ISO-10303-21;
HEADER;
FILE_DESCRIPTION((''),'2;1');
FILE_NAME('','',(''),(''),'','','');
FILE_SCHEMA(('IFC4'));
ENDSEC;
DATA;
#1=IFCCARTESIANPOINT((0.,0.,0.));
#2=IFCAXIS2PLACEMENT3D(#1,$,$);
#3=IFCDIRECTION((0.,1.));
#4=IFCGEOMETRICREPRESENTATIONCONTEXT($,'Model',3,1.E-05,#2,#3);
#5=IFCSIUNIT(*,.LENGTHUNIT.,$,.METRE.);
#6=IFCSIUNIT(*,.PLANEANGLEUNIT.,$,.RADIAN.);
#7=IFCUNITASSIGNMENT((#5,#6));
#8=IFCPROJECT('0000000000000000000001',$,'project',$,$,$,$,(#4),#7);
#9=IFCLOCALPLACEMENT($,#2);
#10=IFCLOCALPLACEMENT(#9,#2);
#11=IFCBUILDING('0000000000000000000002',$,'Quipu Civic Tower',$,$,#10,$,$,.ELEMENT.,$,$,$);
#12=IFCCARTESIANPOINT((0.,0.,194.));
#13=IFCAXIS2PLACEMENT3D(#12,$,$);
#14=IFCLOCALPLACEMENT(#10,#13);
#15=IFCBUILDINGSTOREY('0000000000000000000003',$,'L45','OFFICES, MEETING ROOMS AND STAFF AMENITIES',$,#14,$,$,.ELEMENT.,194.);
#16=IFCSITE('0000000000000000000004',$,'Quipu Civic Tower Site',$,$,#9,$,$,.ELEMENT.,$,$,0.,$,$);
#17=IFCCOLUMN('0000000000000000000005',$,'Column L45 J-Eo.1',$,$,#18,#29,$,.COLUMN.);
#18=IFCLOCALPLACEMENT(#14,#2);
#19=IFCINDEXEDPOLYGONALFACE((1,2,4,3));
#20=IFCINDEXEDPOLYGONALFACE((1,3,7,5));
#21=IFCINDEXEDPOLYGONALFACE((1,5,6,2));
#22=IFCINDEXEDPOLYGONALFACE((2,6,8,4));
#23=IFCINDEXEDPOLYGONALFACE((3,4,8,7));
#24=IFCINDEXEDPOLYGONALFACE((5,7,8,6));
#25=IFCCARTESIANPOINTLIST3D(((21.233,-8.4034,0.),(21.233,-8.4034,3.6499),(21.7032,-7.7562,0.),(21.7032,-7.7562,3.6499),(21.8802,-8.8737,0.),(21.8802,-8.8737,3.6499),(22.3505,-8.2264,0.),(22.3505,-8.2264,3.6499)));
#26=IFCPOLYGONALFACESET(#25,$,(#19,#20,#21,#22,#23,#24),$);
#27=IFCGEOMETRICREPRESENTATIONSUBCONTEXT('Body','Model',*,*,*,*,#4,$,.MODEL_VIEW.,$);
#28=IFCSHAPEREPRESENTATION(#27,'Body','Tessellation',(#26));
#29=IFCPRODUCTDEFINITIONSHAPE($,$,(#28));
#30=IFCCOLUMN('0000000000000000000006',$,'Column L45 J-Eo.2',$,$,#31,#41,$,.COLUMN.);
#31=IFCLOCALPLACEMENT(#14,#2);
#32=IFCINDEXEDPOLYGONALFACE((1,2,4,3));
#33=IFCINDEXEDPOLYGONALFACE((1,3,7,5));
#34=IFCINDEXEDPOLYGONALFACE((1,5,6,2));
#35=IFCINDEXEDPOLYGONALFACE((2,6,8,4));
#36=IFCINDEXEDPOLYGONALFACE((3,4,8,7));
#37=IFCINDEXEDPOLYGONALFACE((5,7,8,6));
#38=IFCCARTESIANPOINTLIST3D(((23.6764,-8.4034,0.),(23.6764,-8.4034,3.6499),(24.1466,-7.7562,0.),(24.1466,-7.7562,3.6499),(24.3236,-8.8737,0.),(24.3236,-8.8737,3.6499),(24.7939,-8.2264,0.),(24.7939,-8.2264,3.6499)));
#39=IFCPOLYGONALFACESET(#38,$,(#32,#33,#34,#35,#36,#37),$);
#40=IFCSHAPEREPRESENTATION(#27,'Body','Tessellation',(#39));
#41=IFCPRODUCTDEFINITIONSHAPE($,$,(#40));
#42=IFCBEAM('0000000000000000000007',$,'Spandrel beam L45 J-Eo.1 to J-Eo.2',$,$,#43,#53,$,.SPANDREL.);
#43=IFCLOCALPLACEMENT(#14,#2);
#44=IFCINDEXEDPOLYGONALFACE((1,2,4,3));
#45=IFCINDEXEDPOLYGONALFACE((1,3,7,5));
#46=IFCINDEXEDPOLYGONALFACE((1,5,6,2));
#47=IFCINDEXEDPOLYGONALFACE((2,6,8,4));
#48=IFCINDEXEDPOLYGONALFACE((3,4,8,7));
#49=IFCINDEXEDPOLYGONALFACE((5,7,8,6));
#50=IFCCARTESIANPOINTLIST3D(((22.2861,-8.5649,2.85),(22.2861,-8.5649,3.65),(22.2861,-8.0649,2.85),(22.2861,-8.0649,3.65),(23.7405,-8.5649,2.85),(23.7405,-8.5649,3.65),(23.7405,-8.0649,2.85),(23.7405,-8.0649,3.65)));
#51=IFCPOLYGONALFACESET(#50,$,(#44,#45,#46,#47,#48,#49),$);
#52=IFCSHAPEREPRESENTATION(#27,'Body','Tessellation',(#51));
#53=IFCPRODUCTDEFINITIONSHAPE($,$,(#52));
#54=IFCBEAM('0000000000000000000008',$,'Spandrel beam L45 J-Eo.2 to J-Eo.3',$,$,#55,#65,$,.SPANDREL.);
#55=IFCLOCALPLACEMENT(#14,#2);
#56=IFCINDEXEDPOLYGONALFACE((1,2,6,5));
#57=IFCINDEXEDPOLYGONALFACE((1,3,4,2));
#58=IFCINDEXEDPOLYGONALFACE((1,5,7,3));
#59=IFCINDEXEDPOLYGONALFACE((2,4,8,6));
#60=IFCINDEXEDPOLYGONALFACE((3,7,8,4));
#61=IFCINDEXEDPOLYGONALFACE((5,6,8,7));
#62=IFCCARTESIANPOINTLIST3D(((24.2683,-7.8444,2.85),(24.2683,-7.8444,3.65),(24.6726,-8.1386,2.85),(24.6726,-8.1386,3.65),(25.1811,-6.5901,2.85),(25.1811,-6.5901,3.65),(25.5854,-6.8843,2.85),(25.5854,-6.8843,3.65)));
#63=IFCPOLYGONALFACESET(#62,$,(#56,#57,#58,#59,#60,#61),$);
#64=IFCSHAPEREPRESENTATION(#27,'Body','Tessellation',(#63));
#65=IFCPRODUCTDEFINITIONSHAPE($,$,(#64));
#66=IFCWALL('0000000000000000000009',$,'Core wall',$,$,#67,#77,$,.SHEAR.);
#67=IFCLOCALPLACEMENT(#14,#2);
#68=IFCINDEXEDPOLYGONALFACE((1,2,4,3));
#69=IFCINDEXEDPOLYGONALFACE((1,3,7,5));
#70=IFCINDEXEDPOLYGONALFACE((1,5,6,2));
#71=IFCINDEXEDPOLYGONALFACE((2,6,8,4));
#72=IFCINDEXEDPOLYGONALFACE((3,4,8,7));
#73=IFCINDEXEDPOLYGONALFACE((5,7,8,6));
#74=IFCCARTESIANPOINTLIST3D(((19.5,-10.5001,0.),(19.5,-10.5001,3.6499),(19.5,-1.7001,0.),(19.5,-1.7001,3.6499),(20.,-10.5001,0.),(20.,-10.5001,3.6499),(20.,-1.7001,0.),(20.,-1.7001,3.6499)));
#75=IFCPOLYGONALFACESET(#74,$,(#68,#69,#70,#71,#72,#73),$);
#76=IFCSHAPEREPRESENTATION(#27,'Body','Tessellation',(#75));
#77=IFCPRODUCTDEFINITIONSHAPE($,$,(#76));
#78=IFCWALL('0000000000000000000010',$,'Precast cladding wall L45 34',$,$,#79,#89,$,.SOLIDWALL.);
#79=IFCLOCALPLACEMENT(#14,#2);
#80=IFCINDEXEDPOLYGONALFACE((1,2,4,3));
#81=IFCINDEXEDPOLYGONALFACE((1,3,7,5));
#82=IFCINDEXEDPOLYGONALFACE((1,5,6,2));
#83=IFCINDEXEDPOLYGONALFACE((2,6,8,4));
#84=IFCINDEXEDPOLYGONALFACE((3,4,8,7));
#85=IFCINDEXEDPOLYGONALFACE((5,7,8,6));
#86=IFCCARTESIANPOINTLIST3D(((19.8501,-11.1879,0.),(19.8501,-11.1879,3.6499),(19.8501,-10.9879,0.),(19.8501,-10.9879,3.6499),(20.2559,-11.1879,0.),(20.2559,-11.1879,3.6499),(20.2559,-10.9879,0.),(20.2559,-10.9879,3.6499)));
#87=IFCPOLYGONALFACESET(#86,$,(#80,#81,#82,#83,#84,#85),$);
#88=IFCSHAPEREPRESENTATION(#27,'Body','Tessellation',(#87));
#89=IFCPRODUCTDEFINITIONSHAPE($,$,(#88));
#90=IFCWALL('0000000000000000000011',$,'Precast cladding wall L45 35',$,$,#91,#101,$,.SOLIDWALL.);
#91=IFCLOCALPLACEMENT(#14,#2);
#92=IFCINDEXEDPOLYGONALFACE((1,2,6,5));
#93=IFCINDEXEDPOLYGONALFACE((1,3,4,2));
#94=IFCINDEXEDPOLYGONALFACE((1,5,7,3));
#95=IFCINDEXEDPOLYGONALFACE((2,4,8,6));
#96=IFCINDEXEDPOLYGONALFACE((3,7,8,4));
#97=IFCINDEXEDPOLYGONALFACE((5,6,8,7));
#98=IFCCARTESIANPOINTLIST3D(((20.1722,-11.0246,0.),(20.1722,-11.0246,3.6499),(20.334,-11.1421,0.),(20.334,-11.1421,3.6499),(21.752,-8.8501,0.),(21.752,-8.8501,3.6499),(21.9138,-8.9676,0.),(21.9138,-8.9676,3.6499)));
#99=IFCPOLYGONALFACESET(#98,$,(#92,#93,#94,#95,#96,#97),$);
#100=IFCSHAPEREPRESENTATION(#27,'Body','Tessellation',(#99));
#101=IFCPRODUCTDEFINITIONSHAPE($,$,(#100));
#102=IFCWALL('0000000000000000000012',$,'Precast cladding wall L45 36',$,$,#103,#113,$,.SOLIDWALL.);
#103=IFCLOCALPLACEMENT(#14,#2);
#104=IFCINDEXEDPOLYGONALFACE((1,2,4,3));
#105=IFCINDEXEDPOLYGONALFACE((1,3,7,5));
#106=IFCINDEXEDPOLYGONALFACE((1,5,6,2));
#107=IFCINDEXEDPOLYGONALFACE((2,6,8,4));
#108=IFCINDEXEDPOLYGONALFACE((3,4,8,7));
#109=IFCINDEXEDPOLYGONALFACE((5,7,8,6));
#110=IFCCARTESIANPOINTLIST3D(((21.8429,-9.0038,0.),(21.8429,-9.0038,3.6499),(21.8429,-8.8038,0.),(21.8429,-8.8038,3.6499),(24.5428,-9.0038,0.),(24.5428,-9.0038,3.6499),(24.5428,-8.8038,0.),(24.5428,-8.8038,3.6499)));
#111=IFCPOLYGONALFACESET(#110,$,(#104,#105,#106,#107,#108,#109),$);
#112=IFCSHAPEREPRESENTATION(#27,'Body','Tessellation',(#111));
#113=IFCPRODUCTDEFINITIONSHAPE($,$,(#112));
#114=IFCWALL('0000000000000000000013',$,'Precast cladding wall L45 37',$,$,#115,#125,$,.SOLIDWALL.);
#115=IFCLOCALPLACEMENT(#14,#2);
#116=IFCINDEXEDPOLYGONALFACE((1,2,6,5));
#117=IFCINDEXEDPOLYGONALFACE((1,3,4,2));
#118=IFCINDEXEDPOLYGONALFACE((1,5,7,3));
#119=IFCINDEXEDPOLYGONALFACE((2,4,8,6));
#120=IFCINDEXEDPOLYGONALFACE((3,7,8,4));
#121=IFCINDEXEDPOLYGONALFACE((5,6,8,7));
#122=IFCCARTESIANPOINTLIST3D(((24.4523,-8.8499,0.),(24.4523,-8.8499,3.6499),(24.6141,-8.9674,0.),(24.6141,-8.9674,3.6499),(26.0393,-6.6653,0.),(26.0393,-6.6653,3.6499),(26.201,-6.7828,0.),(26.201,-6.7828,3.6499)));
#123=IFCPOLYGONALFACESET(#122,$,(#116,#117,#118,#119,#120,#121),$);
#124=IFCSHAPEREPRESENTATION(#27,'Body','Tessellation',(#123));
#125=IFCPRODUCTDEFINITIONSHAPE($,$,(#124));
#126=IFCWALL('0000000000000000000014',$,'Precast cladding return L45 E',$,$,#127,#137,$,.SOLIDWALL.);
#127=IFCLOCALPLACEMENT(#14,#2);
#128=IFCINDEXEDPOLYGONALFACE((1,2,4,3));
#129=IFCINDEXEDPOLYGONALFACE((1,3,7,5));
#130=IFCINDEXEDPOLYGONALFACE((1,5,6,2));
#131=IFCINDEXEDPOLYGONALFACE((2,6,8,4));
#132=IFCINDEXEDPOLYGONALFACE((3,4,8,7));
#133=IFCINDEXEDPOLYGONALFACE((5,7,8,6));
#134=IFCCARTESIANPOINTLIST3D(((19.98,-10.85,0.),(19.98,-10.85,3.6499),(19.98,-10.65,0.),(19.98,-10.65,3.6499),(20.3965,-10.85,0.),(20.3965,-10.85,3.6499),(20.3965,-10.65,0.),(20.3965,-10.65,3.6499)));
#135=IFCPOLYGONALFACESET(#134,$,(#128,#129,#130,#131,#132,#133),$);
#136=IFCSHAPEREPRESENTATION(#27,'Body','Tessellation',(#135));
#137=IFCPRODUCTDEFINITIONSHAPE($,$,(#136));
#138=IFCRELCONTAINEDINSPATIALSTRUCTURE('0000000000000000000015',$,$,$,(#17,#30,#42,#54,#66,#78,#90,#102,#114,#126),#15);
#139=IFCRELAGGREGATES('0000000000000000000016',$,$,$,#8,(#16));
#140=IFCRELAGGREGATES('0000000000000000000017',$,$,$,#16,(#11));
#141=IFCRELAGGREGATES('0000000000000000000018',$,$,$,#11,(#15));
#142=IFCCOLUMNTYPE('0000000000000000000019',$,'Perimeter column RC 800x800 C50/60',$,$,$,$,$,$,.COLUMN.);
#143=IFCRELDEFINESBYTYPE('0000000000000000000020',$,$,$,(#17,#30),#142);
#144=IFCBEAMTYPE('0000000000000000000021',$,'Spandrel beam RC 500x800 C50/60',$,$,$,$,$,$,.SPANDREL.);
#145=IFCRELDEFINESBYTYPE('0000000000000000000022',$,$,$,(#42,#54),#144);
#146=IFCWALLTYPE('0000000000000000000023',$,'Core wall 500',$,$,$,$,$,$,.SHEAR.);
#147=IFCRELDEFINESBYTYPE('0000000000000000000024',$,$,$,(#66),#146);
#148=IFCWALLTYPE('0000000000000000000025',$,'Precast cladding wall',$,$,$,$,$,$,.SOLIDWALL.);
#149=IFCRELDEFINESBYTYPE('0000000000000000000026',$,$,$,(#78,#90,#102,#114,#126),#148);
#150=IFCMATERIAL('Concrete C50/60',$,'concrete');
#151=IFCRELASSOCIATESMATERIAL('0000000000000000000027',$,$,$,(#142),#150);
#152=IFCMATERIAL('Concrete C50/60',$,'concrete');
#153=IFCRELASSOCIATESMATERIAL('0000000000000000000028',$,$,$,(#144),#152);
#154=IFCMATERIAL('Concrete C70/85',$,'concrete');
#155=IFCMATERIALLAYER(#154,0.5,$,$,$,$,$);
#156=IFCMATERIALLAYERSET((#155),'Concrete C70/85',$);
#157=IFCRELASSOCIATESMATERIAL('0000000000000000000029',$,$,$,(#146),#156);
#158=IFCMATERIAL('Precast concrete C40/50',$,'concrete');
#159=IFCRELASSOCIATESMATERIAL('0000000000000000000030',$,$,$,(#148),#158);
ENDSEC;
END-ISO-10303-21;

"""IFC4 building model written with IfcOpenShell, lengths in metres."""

from ifc_helpers import new_model, si_unit, direction, frame, frame_2d, origin, origin_2d, place, context, subcontext, project, spatial, rectangle, extrude, material, layer, layer_set, material_profile, profile_set, type_object, element, save


model = new_model("IFC4")

# Units and contexts
model_context = context("Model", 3, precision=1e-05, world=origin(), true_north=direction((0.0, 1.0)))
body_context = subcontext(model_context, "Body", "Model", "MODEL_VIEW")
ifc_project = project(units=[si_unit("LENGTHUNIT", "METRE"), si_unit("PLANEANGLEUNIT", "RADIAN")], contexts=[model_context])

# Site, building, storey
site_placement = place(None, origin())
site = spatial("IfcSite", under=ifc_project, at=site_placement, Name="Quipu Civic Tower Site", CompositionType="ELEMENT", RefElevation=0.0)
building_placement = place(site_placement, origin())
building = spatial("IfcBuilding", under=site, at=building_placement, Name="Quipu Civic Tower", CompositionType="ELEMENT")
storey_placement = place(building_placement, frame((0.0, 0.0, 194.0)))
storey = spatial("IfcBuildingStorey", under=building, at=storey_placement, Name="L45", Description="OFFICES, MEETING ROOMS AND STAFF AMENITIES", CompositionType="ELEMENT", Elevation=194.0)

# Columns
ifc_material_1 = material(Name="Concrete C50/60", Category="concrete")
ifc_material_profile_1 = material_profile(ifc_material_1, rectangle(XDim=0.8, YDim=0.8, at=origin_2d()), Name="RC800x800")
ifc_profile_set_1 = profile_set([ifc_material_profile_1], Name="Concrete C50/60")
column_type = type_object("IfcColumnType", Name="Perimeter column RC 800x800 C50/60", PredefinedType="COLUMN", material=ifc_profile_set_1)
for number, where, z_axis, x_axis, name in (
    (1, (21.7917, -8.3149, 0.0), (0.0, 0.0, 1.0), (0.587785, 0.809017, 0.0), "Column L45 J-Eo.1"),
    (2, (24.2351, -8.3149, 0.0), (0.0, 0.0, 1.0), (0.587785, 0.809017, 0.0), "Column L45 J-Eo.2"),
):
    element("IfcColumn", number, at=place(storey_placement, frame(where, z_axis=z_axis, x_axis=x_axis)), inside=storey, type_object=column_type, Name=name, PredefinedType="COLUMN", context=body_context, shape_type="SweptSolid", body=[
        extrude(rectangle(XDim=0.8, YDim=0.8, at=origin_2d()), origin(), (0.0, 0.0, 1.0), 3.6499),
    ])

# Beams
ifc_material_2 = material(Name="Concrete C50/60", Category="concrete")
ifc_material_profile_2 = material_profile(ifc_material_2, rectangle(XDim=0.5, YDim=0.8, at=origin_2d()), Name="RC500x800")
ifc_profile_set_2 = profile_set([ifc_material_profile_2], Name="Concrete C50/60")
beam_type = type_object("IfcBeamType", Name="Spandrel beam RC 500x800 C50/60", PredefinedType="SPANDREL", material=ifc_profile_set_2)
beam_1_placement = place(storey_placement, frame((22.2861, -8.3149, 3.25), z_axis=(1.0, 0.0, 0.0), x_axis=(0.0, 1.0, 0.0)))
element("IfcBeam", 3, at=beam_1_placement, inside=storey, type_object=beam_type, Name="Spandrel beam L45 J-Eo.1 to J-Eo.2", PredefinedType="SPANDREL", context=body_context, shape_type="SweptSolid", body=[
    extrude(rectangle(XDim=0.5, YDim=0.8, at=origin_2d()), origin(), (0.0, 0.0, 1.0), 1.4543),
])
beam_2_placement = place(storey_placement, frame((24.4705, -7.9915, 3.25), z_axis=(0.588406, 0.808566, 0.0), x_axis=(-0.808566, 0.588406, 0.0)))
element("IfcBeam", 4, at=beam_2_placement, inside=storey, type_object=beam_type, Name="Spandrel beam L45 J-Eo.2 to J-Eo.3", PredefinedType="SPANDREL", context=body_context, shape_type="SweptSolid", body=[
    extrude(rectangle(XDim=0.5, YDim=0.8, at=origin_2d()), origin(), (0.0, 0.0, 1.0), 1.5513),
])

# Walls
ifc_material_3 = material(Name="Concrete C70/85", Category="concrete")
ifc_layer = layer(ifc_material_3, 0.5)
ifc_layer_set = layer_set([ifc_layer], Name="Concrete C70/85")
wall_type_1 = type_object("IfcWallType", Name="Core wall 500", PredefinedType="SHEAR", material=ifc_layer_set)
wall_1_placement = place(storey_placement, frame((19.75, -10.5, 0.0), z_axis=(0.0, 0.0, 1.0), x_axis=(0.0, 1.0, 0.0)))
element("IfcWall", 5, at=wall_1_placement, inside=storey, type_object=wall_type_1, Name="Core wall", PredefinedType="SHEAR", context=body_context, shape_type="SweptSolid", body=[
    extrude(rectangle(XDim=8.8, YDim=0.5, at=frame_2d((4.3999, 0.0))), origin(), (0.0, 0.0, 1.0), 3.6499),
])
ifc_material_4 = material(Name="Precast concrete C40/50", Category="concrete")
wall_type_2 = type_object("IfcWallType", Name="Precast cladding wall", PredefinedType="SOLIDWALL", material=ifc_material_4)
wall_2_placement = place(storey_placement, frame((19.8501, -11.0879, 0.0), z_axis=(0.0, 0.0, 1.0), x_axis=(1.0, 0.0, 0.0)))
element("IfcWall", 6, at=wall_2_placement, inside=storey, type_object=wall_type_2, Name="Precast cladding wall L45 34", PredefinedType="SOLIDWALL", context=body_context, shape_type="SweptSolid", body=[
    extrude(rectangle(XDim=0.4058, YDim=0.2, at=frame_2d((0.2029, 0.0))), origin(), (0.0, 0.0, 1.0), 3.6499),
])
wall_3_placement = place(storey_placement, frame((20.2532, -11.0833, 0.0), z_axis=(0.0, 0.0, 1.0), x_axis=(0.587767, 0.809031, 0.0)))
element("IfcWall", 7, at=wall_3_placement, inside=storey, type_object=wall_type_2, Name="Precast cladding wall L45 35", PredefinedType="SOLIDWALL", context=body_context, shape_type="SweptSolid", body=[
    extrude(rectangle(XDim=2.6877, YDim=0.2, at=frame_2d((1.3438, 0.0))), origin(), (0.0, 0.0, 1.0), 3.6499),
])
wall_4_placement = place(storey_placement, frame((21.8428, -8.9038, 0.0), z_axis=(0.0, 0.0, 1.0), x_axis=(1.0, 0.0, 0.0)))
element("IfcWall", 8, at=wall_4_placement, inside=storey, type_object=wall_type_2, Name="Precast cladding wall L45 36", PredefinedType="SOLIDWALL", context=body_context, shape_type="SweptSolid", body=[
    extrude(rectangle(XDim=2.7, YDim=0.2, at=frame_2d((1.3501, 0.0))), origin(), (0.0, 0.0, 1.0), 3.6499),
])
wall_5_placement = place(storey_placement, frame((24.5332, -8.9087, 0.0), z_axis=(0.0, 0.0, 1.0), x_axis=(0.58772, 0.809064, 0.0)))
element("IfcWall", 9, at=wall_5_placement, inside=storey, type_object=wall_type_2, Name="Precast cladding wall L45 37", PredefinedType="SOLIDWALL", context=body_context, shape_type="SweptSolid", body=[
    extrude(rectangle(XDim=2.7002, YDim=0.2, at=frame_2d((1.3501, 0.0))), origin(), (0.0, 0.0, 1.0), 3.6499),
])
wall_6_placement = place(storey_placement, frame((19.98, -10.75, 0.0), z_axis=(0.0, 0.0, 1.0), x_axis=(1.0, 0.0, 0.0)))
element("IfcWall", 10, at=wall_6_placement, inside=storey, type_object=wall_type_2, Name="Precast cladding return L45 E", PredefinedType="SOLIDWALL", context=body_context, shape_type="SweptSolid", body=[
    extrude(rectangle(XDim=0.4165, YDim=0.2, at=frame_2d((0.2083, 0.0))), origin(), (0.0, 0.0, 1.0), 3.6499),
])

save(model, "model.ifc")
